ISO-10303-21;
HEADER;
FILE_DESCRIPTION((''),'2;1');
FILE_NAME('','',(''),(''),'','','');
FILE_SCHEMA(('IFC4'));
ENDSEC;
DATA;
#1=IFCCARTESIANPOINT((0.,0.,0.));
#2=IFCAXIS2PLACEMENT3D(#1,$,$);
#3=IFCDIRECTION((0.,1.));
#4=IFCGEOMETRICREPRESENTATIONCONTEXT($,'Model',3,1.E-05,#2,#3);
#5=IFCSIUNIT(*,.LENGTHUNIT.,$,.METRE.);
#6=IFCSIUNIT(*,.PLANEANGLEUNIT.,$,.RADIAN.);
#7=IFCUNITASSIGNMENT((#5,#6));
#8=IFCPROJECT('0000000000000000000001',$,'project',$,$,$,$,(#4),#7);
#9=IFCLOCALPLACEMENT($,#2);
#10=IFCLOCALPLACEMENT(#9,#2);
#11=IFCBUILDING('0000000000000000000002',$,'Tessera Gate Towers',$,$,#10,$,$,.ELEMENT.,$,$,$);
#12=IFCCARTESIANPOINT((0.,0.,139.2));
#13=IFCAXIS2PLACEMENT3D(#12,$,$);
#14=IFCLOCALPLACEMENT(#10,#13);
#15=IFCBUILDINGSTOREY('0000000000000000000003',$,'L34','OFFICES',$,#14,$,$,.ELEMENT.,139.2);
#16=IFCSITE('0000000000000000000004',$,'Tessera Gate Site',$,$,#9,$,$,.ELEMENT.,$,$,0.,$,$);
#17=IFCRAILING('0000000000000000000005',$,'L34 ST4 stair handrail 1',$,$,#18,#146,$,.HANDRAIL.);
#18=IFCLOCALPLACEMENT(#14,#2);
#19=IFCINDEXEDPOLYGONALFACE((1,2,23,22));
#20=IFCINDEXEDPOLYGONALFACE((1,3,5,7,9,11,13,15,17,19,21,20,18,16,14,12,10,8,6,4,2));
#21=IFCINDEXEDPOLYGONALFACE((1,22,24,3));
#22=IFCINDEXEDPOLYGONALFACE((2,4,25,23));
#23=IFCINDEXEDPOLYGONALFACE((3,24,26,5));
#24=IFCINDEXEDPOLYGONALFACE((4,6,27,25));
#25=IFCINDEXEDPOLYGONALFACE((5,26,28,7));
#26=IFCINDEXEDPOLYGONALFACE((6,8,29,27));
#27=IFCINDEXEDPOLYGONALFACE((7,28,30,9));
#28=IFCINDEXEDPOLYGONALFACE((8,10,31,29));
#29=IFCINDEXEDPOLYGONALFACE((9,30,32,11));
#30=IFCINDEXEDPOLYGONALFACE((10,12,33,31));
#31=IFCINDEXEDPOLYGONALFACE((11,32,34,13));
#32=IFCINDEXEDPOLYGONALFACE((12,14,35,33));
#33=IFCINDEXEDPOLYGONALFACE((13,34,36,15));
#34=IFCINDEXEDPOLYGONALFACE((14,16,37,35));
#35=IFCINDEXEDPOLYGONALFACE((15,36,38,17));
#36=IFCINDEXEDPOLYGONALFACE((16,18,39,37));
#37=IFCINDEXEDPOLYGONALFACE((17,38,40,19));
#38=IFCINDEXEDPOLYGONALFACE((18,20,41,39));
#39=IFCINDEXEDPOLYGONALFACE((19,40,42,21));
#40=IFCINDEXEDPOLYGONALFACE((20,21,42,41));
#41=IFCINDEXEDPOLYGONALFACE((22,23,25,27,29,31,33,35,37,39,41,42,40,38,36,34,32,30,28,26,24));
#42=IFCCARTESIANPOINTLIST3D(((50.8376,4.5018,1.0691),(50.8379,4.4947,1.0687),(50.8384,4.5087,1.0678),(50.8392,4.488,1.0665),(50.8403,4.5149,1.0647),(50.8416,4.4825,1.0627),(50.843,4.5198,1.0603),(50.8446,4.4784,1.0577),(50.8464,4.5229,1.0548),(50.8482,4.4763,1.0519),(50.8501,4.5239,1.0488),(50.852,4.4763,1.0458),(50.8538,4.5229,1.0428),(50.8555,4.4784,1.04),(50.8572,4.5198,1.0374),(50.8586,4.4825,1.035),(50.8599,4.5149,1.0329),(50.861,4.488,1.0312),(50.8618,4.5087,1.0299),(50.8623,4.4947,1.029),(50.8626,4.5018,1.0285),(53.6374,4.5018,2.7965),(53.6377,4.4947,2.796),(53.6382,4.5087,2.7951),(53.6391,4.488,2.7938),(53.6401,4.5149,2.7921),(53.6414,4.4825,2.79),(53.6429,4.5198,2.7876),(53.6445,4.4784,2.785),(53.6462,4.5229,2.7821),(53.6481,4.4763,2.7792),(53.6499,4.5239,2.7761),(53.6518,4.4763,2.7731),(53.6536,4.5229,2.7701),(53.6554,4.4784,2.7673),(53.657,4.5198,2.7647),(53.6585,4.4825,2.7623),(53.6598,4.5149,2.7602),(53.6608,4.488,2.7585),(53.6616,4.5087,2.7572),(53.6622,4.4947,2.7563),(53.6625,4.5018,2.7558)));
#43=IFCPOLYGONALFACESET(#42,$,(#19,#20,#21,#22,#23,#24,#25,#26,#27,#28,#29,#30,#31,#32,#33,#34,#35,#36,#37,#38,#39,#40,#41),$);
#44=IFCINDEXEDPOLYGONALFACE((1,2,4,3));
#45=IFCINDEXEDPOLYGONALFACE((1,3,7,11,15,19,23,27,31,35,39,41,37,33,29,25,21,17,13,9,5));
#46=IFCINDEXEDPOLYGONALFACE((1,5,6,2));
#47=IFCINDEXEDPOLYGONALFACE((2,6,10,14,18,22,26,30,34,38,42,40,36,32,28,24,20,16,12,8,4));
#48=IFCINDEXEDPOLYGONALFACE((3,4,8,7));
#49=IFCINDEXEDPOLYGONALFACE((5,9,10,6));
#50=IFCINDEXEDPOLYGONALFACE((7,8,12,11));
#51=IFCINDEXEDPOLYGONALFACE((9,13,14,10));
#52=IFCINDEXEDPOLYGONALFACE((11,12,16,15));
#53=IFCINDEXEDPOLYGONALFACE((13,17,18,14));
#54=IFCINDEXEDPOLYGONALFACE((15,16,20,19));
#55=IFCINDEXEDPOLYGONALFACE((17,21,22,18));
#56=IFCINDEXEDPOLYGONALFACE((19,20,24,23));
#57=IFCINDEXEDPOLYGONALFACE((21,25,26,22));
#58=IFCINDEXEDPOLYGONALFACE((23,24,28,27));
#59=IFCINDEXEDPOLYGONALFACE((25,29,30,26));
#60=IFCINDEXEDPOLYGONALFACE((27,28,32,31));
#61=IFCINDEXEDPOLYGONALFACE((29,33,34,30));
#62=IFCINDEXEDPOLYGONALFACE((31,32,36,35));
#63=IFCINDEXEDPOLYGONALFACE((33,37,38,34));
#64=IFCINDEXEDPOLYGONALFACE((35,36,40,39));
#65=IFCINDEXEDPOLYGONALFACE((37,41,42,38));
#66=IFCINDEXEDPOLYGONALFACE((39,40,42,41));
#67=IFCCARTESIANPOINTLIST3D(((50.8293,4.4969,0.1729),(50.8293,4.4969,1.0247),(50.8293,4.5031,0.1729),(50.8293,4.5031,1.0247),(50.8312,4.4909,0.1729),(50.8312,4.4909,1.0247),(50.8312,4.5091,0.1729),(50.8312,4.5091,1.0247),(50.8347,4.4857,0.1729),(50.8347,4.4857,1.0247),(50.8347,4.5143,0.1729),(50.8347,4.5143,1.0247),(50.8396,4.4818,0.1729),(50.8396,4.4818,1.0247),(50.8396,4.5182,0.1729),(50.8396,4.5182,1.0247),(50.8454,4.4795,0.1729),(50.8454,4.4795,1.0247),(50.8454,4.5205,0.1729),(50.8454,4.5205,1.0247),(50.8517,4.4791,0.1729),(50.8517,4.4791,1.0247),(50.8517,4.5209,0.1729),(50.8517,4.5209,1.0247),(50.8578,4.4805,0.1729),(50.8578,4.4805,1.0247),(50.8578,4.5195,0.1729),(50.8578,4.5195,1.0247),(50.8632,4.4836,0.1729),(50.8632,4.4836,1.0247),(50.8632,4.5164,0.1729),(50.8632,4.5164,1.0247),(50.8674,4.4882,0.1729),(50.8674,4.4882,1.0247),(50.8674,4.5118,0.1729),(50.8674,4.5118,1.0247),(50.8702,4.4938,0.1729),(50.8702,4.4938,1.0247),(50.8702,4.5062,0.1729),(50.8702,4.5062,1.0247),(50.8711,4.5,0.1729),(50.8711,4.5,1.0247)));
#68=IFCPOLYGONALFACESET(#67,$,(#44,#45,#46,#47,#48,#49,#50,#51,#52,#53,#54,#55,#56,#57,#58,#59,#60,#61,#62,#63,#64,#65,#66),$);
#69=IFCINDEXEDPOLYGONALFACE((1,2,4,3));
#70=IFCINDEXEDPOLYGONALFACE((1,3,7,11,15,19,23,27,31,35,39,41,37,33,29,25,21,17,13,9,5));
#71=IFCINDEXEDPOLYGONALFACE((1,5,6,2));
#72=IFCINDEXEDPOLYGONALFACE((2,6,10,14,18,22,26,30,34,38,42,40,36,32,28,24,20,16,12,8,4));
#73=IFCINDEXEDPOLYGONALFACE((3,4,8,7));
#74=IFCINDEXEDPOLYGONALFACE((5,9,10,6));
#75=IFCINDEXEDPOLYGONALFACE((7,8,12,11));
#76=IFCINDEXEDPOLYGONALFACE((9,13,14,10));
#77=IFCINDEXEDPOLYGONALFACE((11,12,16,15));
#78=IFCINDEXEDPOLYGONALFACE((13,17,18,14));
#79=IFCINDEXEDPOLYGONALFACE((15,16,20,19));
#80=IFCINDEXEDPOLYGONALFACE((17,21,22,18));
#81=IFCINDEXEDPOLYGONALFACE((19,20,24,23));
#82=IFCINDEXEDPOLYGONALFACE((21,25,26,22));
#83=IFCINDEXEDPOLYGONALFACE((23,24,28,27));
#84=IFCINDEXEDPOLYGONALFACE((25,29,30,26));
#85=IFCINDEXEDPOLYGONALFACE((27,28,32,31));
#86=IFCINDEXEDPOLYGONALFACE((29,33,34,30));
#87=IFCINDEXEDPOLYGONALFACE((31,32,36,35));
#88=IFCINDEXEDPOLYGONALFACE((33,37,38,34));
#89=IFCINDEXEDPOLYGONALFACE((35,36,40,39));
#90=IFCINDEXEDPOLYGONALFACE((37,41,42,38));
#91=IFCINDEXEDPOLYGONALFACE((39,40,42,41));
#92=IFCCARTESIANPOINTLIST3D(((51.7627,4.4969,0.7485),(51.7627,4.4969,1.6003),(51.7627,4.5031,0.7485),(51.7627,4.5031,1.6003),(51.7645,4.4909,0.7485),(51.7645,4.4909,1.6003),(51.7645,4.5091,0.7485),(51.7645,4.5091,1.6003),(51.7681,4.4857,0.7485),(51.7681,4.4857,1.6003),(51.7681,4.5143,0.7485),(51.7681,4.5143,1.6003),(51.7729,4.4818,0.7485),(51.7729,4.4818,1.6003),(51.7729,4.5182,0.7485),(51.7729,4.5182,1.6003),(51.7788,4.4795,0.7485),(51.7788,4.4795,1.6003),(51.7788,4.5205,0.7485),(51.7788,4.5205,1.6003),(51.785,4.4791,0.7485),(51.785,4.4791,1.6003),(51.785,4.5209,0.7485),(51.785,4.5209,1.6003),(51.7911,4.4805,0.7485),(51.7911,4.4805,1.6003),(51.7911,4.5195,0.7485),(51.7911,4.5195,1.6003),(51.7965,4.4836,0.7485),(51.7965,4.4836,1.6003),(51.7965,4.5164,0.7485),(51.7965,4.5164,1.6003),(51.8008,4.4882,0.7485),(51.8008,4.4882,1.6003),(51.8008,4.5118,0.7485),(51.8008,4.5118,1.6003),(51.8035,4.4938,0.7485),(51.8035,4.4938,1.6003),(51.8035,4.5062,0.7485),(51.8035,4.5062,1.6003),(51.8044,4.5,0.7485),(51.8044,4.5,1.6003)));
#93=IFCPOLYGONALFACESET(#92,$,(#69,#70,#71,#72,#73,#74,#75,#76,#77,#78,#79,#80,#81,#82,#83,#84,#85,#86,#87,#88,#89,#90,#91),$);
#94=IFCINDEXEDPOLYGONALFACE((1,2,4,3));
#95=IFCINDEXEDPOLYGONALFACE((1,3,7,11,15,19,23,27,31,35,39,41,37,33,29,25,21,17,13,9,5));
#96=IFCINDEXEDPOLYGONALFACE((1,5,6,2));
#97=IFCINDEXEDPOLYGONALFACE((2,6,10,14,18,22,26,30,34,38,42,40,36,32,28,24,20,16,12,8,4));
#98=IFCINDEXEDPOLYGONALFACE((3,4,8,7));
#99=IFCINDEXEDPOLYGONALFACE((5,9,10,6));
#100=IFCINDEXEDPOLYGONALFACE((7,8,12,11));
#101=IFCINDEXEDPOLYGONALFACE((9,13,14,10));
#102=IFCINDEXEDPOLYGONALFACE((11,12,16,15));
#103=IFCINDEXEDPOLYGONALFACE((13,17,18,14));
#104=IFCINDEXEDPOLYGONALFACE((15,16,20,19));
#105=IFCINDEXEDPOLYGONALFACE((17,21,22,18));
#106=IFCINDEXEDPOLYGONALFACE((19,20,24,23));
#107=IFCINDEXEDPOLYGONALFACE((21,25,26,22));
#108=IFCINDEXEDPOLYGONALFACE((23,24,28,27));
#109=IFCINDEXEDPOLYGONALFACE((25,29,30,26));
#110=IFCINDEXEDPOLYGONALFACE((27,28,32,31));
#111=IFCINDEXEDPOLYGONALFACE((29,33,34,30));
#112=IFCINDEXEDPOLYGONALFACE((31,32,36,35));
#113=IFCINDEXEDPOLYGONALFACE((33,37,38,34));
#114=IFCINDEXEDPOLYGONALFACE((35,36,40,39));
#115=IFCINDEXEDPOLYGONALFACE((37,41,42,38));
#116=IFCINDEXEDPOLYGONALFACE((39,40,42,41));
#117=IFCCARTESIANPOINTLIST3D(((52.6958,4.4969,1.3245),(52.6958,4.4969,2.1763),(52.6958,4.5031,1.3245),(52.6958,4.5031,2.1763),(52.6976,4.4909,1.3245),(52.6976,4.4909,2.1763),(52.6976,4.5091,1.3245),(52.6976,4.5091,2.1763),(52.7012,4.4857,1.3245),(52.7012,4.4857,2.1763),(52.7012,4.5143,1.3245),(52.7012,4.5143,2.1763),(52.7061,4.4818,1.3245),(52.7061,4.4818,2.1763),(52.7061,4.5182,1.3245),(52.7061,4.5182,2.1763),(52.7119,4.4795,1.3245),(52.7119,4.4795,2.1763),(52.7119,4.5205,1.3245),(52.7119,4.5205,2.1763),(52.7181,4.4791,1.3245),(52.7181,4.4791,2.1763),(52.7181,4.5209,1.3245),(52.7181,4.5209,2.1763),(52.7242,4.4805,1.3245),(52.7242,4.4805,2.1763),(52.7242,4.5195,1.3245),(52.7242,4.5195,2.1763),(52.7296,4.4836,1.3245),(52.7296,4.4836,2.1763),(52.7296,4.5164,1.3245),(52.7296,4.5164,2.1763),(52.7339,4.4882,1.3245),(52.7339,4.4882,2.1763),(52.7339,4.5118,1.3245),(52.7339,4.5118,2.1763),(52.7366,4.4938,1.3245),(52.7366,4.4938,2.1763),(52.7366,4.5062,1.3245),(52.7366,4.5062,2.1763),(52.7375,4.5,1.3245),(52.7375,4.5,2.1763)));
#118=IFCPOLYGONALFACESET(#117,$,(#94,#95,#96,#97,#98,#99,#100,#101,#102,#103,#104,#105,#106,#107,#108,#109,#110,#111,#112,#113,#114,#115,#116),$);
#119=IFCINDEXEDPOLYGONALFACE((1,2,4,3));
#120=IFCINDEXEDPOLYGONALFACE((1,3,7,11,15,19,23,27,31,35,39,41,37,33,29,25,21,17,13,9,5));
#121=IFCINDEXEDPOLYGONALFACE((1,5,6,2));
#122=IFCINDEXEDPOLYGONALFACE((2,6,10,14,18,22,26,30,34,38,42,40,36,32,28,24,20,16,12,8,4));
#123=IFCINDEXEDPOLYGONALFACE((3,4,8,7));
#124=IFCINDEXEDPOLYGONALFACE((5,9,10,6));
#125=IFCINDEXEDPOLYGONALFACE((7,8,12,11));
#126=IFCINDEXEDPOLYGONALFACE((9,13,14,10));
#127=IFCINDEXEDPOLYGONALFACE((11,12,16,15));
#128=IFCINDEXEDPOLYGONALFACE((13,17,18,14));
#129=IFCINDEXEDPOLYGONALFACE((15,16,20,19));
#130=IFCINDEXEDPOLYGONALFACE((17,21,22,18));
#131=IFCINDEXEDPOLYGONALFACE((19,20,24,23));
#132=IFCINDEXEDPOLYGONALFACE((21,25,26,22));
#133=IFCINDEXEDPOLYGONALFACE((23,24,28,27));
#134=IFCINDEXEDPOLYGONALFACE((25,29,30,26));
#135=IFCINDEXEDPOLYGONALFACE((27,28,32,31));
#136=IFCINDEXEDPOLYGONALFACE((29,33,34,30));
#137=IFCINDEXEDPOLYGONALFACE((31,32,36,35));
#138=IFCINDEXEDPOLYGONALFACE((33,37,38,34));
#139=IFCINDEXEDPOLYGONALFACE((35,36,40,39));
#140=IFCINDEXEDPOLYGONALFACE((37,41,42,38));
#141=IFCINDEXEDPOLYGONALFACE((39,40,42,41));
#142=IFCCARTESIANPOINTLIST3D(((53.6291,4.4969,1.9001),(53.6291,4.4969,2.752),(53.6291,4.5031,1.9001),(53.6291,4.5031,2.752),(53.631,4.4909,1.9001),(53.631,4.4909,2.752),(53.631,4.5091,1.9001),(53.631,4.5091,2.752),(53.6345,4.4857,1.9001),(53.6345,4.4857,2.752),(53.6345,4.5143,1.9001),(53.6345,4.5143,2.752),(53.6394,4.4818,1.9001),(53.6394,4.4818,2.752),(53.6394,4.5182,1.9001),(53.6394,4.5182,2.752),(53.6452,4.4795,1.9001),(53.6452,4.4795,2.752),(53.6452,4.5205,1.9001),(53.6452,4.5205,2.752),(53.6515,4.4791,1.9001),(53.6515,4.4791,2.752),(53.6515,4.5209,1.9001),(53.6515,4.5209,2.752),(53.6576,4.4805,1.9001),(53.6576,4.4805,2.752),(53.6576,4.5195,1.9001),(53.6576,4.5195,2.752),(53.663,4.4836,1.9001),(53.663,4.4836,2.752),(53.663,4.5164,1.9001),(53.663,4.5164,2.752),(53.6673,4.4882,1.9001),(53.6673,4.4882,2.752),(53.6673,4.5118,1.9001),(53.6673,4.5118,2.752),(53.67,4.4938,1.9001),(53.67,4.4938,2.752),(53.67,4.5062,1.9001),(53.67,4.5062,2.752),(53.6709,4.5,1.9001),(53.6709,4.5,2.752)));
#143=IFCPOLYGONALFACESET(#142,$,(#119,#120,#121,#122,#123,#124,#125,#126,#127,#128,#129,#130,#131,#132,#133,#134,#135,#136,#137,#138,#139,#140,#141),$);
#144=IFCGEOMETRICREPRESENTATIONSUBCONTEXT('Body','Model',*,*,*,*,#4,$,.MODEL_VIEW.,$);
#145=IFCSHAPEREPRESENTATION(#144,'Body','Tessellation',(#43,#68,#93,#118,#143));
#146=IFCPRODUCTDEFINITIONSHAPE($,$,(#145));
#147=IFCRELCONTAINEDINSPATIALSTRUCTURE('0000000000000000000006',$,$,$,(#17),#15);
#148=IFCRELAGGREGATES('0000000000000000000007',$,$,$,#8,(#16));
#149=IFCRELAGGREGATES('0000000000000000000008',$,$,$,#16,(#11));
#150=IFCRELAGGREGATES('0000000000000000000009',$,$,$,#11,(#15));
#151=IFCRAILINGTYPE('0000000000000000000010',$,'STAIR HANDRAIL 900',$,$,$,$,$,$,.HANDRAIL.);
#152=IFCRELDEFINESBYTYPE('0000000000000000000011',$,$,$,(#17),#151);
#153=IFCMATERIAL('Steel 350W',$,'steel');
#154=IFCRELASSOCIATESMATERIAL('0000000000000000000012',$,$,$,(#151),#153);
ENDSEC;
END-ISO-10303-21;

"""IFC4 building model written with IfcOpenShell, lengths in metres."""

from ifc_helpers import new_model, si_unit, direction, frame, origin, origin_2d, place, context, subcontext, project, spatial, circle, extrude, material, type_object, element, save


model = new_model("IFC4")

# Units and contexts
model_context = context("Model", 3, precision=1e-05, world=origin(), true_north=direction((0.0, 1.0)))
body_context = subcontext(model_context, "Body", "Model", "MODEL_VIEW")
ifc_project = project(units=[si_unit("LENGTHUNIT", "METRE"), si_unit("PLANEANGLEUNIT", "RADIAN")], contexts=[model_context])

# Site, building, storey
site_placement = place(None, origin())
site = spatial("IfcSite", under=ifc_project, at=site_placement, Name="Tessera Gate Site", CompositionType="ELEMENT", RefElevation=0.0)
building_placement = place(site_placement, origin())
building = spatial("IfcBuilding", under=site, at=building_placement, Name="Tessera Gate Towers", CompositionType="ELEMENT")
storey_placement = place(building_placement, frame((0.0, 0.0, 139.2)))
storey = spatial("IfcBuildingStorey", under=building, at=storey_placement, Name="L34", Description="OFFICES", CompositionType="ELEMENT", Elevation=139.2)

# Railing
ifc_material_1 = material(Name="Steel 350W", Category="steel")
railing_type_1 = type_object("IfcRailingType", Name="STAIR HANDRAIL 900", PredefinedType="HANDRAIL", material=ifc_material_1)
railing_1_placement = place(storey_placement, frame((50.8501, 4.5, 0.1729)))
element("IfcRailing", 1, at=railing_1_placement, inside=storey, type_object=railing_type_1, Name="L34 ST4 stair handrail 1", PredefinedType="HANDRAIL", context=body_context, shape_type="SweptSolid", body=[
    extrude(circle(Radius=0.0239, at=origin_2d()), frame((0.0, 0.0, 0.876), z_axis=(0.851069, 0.0, 0.525054), x_axis=(0.0, 1.0, 0.0)), (0.0, 0.0, 1.0), 3.2898),
    extrude(circle(Radius=0.021, at=origin_2d()), origin(), (0.0, 0.0, 1.0), 0.8518),
    extrude(circle(Radius=0.021, at=origin_2d()), frame((0.9333, 0.0, 0.5757)), (0.0, 0.0, 1.0), 0.8518),
    extrude(circle(Radius=0.021, at=origin_2d()), frame((1.8665, 0.0, 1.1516)), (0.0, 0.0, 1.0), 0.8518),
    extrude(circle(Radius=0.021, at=origin_2d()), frame((2.7998, 0.0, 1.7273)), (0.0, 0.0, 1.0), 0.8518),
])

save(model, "model.ifc")
